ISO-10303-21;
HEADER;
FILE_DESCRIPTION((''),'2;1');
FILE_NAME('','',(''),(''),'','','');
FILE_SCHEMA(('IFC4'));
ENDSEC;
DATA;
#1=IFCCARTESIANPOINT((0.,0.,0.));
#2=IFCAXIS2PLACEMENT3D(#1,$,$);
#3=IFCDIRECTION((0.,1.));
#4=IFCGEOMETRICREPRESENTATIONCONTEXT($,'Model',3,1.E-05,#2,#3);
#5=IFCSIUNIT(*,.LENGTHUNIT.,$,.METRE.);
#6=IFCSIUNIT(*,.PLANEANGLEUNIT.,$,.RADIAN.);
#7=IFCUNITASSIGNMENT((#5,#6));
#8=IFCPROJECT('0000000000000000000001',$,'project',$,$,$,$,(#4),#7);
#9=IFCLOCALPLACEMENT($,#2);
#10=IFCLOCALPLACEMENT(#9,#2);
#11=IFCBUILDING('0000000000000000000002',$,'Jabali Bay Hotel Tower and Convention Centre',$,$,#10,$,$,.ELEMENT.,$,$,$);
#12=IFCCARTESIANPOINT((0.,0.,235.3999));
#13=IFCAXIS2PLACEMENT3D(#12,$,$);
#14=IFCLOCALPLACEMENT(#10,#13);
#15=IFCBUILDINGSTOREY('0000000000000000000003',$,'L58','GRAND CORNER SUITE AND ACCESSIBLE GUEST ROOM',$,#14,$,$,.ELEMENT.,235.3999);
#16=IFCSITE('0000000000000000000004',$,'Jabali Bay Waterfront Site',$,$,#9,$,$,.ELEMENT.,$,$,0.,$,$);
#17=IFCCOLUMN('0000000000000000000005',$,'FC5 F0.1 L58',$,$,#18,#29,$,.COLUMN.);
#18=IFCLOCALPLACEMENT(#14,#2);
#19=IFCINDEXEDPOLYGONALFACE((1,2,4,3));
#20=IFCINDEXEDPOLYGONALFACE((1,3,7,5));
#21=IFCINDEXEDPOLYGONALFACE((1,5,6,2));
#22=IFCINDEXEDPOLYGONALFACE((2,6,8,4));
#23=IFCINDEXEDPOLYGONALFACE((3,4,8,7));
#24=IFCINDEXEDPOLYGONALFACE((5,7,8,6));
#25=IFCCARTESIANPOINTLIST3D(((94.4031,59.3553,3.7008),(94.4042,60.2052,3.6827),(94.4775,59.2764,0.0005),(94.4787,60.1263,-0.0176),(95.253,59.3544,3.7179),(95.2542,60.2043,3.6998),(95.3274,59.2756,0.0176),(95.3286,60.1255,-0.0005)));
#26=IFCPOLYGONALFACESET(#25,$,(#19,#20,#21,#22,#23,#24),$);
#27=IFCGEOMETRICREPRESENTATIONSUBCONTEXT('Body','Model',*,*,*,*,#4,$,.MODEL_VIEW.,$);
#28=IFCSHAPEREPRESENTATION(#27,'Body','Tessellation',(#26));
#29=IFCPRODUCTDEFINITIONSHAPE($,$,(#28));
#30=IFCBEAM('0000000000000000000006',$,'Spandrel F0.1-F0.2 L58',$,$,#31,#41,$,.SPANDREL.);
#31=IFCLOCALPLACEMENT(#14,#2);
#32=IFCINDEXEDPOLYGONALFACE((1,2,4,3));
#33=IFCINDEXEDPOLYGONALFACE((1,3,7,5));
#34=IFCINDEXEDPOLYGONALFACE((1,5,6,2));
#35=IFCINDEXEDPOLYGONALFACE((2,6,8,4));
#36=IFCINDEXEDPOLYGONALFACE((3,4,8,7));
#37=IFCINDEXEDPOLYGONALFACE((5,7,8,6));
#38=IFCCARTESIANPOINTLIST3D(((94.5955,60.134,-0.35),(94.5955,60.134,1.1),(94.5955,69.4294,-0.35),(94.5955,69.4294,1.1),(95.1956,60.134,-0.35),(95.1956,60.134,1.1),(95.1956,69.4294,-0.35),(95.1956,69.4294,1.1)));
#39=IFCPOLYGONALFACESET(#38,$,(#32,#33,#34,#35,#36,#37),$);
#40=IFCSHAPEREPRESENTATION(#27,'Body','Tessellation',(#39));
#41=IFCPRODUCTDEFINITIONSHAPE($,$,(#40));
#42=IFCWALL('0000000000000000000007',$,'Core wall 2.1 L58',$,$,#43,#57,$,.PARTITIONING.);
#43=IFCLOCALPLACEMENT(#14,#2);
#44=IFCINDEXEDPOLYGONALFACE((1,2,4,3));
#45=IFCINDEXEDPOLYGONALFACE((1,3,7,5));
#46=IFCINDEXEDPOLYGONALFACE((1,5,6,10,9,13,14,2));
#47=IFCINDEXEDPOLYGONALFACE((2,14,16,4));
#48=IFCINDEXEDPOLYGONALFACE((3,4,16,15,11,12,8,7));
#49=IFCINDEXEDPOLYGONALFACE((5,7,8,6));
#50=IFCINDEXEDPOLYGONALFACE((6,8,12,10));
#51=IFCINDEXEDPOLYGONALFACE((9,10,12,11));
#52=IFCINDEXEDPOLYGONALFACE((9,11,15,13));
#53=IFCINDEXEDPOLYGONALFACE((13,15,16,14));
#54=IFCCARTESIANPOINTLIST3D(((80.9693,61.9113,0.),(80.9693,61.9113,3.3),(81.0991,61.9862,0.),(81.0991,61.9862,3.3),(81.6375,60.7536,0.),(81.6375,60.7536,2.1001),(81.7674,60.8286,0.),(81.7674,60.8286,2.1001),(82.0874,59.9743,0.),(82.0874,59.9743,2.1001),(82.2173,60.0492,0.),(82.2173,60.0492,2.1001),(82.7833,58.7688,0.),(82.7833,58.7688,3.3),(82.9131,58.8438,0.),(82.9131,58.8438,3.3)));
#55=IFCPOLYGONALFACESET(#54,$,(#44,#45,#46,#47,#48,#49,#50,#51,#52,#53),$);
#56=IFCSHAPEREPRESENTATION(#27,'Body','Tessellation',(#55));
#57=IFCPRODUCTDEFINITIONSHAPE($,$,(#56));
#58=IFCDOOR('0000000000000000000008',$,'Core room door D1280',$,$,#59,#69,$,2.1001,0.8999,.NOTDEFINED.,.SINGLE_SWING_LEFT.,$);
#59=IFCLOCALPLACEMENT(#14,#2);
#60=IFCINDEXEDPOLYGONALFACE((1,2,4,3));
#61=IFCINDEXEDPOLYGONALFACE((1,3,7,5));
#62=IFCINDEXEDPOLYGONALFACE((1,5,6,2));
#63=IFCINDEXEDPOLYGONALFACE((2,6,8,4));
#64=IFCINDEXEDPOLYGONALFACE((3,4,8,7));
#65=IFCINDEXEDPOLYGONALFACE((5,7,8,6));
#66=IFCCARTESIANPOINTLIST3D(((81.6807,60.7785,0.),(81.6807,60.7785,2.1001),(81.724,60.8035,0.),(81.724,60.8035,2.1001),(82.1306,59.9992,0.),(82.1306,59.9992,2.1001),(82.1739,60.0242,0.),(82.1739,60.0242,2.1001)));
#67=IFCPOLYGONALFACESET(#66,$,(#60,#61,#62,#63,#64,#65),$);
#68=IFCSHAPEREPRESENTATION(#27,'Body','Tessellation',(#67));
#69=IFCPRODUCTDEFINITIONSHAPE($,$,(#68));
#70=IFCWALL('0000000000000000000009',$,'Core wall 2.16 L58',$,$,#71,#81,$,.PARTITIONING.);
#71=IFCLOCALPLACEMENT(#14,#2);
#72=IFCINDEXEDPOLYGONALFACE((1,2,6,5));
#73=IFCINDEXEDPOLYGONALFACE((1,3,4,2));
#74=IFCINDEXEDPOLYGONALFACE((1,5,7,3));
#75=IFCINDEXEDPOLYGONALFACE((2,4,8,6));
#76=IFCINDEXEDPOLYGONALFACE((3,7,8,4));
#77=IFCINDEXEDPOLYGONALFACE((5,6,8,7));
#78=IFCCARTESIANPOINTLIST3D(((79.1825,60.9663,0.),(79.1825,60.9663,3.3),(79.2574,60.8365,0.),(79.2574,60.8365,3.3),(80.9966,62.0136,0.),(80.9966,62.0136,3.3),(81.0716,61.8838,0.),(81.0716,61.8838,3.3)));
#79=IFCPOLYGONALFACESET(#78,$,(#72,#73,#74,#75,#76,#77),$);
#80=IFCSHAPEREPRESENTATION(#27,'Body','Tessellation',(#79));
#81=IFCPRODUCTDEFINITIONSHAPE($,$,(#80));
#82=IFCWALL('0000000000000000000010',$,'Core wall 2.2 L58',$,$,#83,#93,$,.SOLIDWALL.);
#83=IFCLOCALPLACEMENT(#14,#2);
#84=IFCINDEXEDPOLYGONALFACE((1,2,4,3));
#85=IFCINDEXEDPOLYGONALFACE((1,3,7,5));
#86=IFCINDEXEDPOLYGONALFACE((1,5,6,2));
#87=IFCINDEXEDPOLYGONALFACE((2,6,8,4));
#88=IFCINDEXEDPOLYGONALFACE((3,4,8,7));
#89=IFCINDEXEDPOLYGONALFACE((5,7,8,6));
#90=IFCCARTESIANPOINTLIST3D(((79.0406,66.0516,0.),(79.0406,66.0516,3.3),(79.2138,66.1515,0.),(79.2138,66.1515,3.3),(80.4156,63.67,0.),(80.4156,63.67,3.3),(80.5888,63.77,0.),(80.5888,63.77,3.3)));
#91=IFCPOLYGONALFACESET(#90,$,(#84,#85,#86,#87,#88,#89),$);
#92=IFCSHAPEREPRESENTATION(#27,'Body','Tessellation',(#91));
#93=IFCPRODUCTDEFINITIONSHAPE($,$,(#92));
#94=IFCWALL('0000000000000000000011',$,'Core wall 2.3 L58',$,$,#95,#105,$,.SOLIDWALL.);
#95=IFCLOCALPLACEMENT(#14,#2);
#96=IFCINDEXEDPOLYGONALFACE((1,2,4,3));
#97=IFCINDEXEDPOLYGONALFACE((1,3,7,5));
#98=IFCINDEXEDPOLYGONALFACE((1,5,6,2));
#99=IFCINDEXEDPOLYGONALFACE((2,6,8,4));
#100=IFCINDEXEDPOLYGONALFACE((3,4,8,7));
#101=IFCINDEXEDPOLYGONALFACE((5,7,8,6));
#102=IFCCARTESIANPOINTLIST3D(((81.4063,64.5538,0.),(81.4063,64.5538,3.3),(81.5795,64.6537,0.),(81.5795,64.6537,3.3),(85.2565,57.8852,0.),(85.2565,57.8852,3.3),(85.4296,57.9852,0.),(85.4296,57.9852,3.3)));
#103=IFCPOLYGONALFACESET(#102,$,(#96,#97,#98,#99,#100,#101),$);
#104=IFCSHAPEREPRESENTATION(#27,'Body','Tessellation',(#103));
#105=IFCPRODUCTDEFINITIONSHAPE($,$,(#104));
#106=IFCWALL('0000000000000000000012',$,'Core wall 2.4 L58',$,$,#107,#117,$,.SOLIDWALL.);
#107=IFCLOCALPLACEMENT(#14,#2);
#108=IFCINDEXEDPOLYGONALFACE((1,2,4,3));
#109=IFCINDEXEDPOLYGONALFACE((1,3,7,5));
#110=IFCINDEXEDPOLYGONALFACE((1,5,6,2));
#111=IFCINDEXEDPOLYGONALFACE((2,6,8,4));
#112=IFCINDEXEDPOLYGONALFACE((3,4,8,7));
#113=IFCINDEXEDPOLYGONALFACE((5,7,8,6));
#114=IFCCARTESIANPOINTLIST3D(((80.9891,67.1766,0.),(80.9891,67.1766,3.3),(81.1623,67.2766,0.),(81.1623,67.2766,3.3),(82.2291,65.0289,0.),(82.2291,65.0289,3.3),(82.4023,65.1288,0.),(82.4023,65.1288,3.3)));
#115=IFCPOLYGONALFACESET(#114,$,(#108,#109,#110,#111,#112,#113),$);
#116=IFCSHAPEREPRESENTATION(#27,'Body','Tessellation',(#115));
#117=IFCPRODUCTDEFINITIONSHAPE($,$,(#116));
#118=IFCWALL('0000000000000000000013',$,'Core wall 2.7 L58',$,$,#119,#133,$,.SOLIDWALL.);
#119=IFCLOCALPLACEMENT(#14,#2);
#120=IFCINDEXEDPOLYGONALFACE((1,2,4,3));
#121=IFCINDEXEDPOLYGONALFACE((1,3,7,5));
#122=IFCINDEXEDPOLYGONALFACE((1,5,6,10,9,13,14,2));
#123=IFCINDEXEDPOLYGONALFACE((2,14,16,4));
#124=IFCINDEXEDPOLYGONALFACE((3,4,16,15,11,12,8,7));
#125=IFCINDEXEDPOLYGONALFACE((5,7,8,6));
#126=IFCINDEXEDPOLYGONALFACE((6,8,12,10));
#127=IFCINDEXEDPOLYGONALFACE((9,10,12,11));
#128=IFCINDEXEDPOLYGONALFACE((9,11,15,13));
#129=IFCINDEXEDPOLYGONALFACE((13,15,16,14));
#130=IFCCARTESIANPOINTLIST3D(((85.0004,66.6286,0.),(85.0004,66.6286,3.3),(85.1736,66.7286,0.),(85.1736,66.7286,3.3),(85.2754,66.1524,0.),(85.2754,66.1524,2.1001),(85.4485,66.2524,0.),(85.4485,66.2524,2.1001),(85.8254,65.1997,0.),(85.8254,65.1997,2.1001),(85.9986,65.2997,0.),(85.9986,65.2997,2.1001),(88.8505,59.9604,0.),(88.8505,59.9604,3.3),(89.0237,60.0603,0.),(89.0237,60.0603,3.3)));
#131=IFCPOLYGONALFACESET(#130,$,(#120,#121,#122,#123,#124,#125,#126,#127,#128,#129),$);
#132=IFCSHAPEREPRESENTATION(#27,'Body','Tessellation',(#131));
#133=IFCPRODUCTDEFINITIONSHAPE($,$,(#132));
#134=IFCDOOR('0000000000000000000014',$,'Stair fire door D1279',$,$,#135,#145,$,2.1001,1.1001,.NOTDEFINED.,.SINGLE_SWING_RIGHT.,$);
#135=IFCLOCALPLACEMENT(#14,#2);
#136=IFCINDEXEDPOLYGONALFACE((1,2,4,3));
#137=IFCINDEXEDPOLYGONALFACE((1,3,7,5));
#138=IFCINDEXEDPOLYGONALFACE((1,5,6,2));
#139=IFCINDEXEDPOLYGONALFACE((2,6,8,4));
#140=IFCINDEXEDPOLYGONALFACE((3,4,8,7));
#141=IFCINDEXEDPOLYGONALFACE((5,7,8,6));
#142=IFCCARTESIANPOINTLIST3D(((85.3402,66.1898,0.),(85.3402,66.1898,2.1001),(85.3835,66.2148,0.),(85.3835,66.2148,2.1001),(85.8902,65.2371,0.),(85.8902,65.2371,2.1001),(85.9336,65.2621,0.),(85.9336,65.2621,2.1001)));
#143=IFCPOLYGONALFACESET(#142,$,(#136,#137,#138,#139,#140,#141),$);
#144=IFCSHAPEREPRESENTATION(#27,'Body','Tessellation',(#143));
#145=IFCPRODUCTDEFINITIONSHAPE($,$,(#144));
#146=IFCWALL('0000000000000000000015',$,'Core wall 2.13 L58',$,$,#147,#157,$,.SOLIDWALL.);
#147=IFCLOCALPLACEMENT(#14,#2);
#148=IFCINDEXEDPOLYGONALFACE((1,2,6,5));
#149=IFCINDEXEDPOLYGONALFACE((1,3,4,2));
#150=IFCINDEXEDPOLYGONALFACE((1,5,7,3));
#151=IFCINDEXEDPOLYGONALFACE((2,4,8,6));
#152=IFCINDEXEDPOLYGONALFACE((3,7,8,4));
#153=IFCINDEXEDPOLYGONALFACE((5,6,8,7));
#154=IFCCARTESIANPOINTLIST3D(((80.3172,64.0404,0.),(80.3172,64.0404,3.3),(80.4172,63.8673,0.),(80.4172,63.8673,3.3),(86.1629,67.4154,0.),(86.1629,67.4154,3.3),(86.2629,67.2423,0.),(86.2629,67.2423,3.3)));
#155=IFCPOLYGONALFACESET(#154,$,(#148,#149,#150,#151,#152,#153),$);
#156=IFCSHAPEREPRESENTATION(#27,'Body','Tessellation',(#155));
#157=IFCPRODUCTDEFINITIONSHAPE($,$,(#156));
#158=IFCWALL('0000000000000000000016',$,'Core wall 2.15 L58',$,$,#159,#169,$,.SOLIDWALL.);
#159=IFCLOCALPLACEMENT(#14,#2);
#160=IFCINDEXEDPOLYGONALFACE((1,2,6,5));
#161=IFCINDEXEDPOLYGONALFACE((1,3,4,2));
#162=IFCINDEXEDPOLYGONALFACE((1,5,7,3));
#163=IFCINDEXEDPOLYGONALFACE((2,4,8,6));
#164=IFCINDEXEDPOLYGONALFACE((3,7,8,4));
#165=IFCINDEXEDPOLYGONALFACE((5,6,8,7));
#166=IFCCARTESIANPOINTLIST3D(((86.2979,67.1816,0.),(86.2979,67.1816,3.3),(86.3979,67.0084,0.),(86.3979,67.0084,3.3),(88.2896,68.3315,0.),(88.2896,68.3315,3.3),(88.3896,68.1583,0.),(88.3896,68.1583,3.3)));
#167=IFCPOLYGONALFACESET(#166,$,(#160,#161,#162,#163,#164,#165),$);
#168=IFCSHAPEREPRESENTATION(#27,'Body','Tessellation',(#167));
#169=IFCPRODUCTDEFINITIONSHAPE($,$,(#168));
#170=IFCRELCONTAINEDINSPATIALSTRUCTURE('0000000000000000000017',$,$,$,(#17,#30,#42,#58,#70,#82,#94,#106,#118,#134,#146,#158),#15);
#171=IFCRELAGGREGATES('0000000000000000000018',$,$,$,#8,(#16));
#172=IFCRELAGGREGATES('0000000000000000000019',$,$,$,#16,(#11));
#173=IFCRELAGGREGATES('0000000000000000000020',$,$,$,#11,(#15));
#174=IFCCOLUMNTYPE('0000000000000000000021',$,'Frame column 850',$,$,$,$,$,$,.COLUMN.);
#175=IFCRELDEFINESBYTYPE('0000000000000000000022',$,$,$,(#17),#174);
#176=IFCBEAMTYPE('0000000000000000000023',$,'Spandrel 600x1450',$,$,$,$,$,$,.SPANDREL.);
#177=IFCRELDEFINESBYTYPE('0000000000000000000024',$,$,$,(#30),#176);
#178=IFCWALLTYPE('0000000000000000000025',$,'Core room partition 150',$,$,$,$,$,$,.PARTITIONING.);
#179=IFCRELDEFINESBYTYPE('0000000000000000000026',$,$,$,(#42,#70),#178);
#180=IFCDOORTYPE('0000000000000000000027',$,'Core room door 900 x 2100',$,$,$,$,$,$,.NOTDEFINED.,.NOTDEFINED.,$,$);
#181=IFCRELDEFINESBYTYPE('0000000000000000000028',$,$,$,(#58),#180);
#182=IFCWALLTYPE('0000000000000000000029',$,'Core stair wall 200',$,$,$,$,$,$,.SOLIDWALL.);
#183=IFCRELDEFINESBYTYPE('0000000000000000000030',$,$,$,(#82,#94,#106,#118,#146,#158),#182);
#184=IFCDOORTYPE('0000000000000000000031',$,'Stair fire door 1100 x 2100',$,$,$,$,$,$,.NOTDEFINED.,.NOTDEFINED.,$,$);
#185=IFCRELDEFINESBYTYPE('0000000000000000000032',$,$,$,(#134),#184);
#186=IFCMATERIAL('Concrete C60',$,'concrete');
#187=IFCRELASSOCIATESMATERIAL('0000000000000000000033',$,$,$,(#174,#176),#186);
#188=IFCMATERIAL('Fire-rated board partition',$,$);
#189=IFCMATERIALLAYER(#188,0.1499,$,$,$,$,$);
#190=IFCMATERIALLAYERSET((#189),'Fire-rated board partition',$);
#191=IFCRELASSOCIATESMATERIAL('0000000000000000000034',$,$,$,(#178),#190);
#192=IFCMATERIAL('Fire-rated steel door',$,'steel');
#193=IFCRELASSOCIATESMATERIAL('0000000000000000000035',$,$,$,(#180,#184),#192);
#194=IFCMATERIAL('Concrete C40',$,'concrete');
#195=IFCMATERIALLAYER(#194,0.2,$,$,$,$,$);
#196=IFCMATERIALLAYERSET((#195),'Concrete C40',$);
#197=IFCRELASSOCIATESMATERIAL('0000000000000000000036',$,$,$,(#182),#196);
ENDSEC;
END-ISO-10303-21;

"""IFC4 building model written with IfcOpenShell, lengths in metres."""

from ifc_helpers import new_model, si_unit, direction, frame, frame_2d, origin, origin_2d, place, context, subcontext, project, spatial, rectangle, extrude, material, layer, layer_set, material_profile, profile_set, type_object, element, fill, save


model = new_model("IFC4")

# Units and contexts
model_context = context("Model", 3, precision=1e-05, world=origin(), true_north=direction((0.0, 1.0)))
body_context = subcontext(model_context, "Body", "Model", "MODEL_VIEW")
ifc_project = project(units=[si_unit("LENGTHUNIT", "METRE"), si_unit("PLANEANGLEUNIT", "RADIAN")], contexts=[model_context])

# Site, building, storey
site_placement = place(None, origin())
site = spatial("IfcSite", under=ifc_project, at=site_placement, Name="Jabali Bay Waterfront Site", CompositionType="ELEMENT", RefElevation=0.0)
building_placement = place(site_placement, origin())
building = spatial("IfcBuilding", under=site, at=building_placement, Name="Jabali Bay Hotel Tower and Convention Centre", CompositionType="ELEMENT")
storey_placement = place(building_placement, frame((0.0, 0.0, 235.3999)))
storey = spatial("IfcBuildingStorey", under=building, at=storey_placement, Name="L58", Description="GRAND CORNER SUITE AND ACCESSIBLE GUEST ROOM", CompositionType="ELEMENT", Elevation=235.3999)

# Column
ifc_material_1 = material(Name="Concrete C60", Category="concrete")
ifc_material_profile_1 = material_profile(ifc_material_1, rectangle(XDim=0.8501, YDim=0.8501, at=origin_2d()), Name="Frame column 850")
ifc_profile_set_1 = profile_set([ifc_material_profile_1], Name="Concrete C60")
column_type = type_object("IfcColumnType", Name="Frame column 850", PredefinedType="COLUMN", material=ifc_profile_set_1)
column_placement = place(storey_placement, frame((94.9031, 59.7009, 0.0), z_axis=(-0.020115, 0.021303, 0.999571), x_axis=(-0.001405, -0.999773, 0.021279)))
element("IfcColumn", 1, at=column_placement, inside=storey, type_object=column_type, Name="FC5 F0.1 L58", PredefinedType="COLUMN", context=body_context, shape_type="SweptSolid", body=[
    extrude(rectangle(XDim=0.8501, YDim=0.8501, at=origin_2d()), origin(), (0.0, 0.0, 1.0), 3.7019),
])

# Beam
ifc_material_profile_2 = material_profile(ifc_material_1, rectangle(XDim=0.6001, YDim=1.45, at=origin_2d()), Name="Spandrel 600x1450")
ifc_profile_set_2 = profile_set([ifc_material_profile_2], Name="Concrete C60")
beam_type = type_object("IfcBeamType", Name="Spandrel 600x1450", PredefinedType="SPANDREL", material=ifc_profile_set_2)
beam_placement = place(storey_placement, frame((94.8955, 60.134, 0.375), z_axis=(0.0, 1.0, 0.0), x_axis=(-1.0, 0.0, 0.0)))
element("IfcBeam", 2, at=beam_placement, inside=storey, type_object=beam_type, Name="Spandrel F0.1-F0.2 L58", PredefinedType="SPANDREL", context=body_context, shape_type="SweptSolid", body=[
    extrude(rectangle(XDim=0.6001, YDim=1.45, at=origin_2d()), origin(), (0.0, 0.0, 1.0), 9.2954),
])

# Wall, opening, door
ifc_material_2 = material(Name="Fire-rated board partition")
ifc_layer_1 = layer(ifc_material_2, 0.1499)
ifc_layer_set_1 = layer_set([ifc_layer_1], Name="Fire-rated board partition")
wall_type_1 = type_object("IfcWallType", Name="Core room partition 150", PredefinedType="PARTITIONING", material=ifc_layer_set_1)
wall_1_placement = place(storey_placement, frame((81.0342, 61.9487, 0.0), z_axis=(0.0, 0.0, 1.0), x_axis=(0.499946, -0.866057, 0.0)))
wall_1 = element("IfcWall", 3, at=wall_1_placement, inside=storey, type_object=wall_type_1, Name="Core wall 2.1 L58", PredefinedType="PARTITIONING", context=body_context, shape_type="SweptSolid", body=[
    extrude(rectangle(XDim=3.6284, YDim=0.1499, at=frame_2d((1.8142, 0.0))), origin(), (0.0, 0.0, 1.0), 3.3),
])
opening_1_placement = place(wall_1_placement, frame((1.3367, 0.0, 0.0)))
opening_1 = element("IfcOpeningElement", 4, at=opening_1_placement, cuts=wall_1, PredefinedType="OPENING", context=body_context, shape_type="SweptSolid", body=[
    extrude(rectangle(XDim=0.8999, YDim=2.1001, at=frame_2d((0.45, 1.05))), frame((0.0, 0.0854, 0.0), z_axis=(0.0, -1.0, 0.0), x_axis=(1.0, 0.0, 0.0)), (0.0, 0.0, 1.0), 0.1709),
])
ifc_material_3 = material(Name="Fire-rated steel door", Category="steel")
door_type_1 = type_object("IfcDoorType", Name="Core room door 900 x 2100", OperationType="NOTDEFINED", PredefinedType="NOTDEFINED", material=ifc_material_3)
door_1_placement = place(opening_1_placement, origin())
door_1 = element("IfcDoor", 5, at=door_1_placement, inside=storey, type_object=door_type_1, Name="Core room door D1280", OperationType="SINGLE_SWING_LEFT", OverallHeight=2.1001, OverallWidth=0.8999, PredefinedType="NOTDEFINED", context=body_context, shape_type="SweptSolid", body=[
    extrude(rectangle(XDim=0.8999, YDim=2.1001, at=frame_2d((0.45, 1.05))), frame((0.0, 0.0249, 0.0), z_axis=(0.0, -1.0, 0.0), x_axis=(1.0, 0.0, 0.0)), (0.0, 0.0, 1.0), 0.05),
])
fill(opening_1, door_1)

# Walls
wall_2_placement = place(storey_placement, frame((79.22, 60.9014, 0.0), z_axis=(0.0, 0.0, 1.0), x_axis=(0.86604, 0.499975, 0.0)))
element("IfcWall", 6, at=wall_2_placement, inside=storey, type_object=wall_type_1, Name="Core wall 2.16 L58", PredefinedType="PARTITIONING", context=body_context, shape_type="SweptSolid", body=[
    extrude(rectangle(XDim=2.0947, YDim=0.1499, at=frame_2d((1.0474, 0.0))), origin(), (0.0, 0.0, 1.0), 3.3),
])
ifc_material_4 = material(Name="Concrete C40", Category="concrete")
ifc_layer_2 = layer(ifc_material_4, 0.2)
ifc_layer_set_2 = layer_set([ifc_layer_2], Name="Concrete C40")
wall_type_2 = type_object("IfcWallType", Name="Core stair wall 200", PredefinedType="SOLIDWALL", material=ifc_layer_set_2)
wall_3_placement = place(storey_placement, frame((79.1272, 66.1016, 0.0), z_axis=(0.0, 0.0, 1.0), x_axis=(0.499997, -0.866027, 0.0)))
element("IfcWall", 7, at=wall_3_placement, inside=storey, type_object=wall_type_2, Name="Core wall 2.2 L58", PredefinedType="SOLIDWALL", context=body_context, shape_type="SweptSolid", body=[
    extrude(rectangle(XDim=2.75, YDim=0.2, at=frame_2d((1.375, 0.0))), origin(), (0.0, 0.0, 1.0), 3.3),
])
wall_4_placement = place(storey_placement, frame((81.4929, 64.6038, 0.0), z_axis=(0.0, 0.0, 1.0), x_axis=(0.500006, -0.866022, 0.0)))
element("IfcWall", 8, at=wall_4_placement, inside=storey, type_object=wall_type_2, Name="Core wall 2.3 L58", PredefinedType="SOLIDWALL", context=body_context, shape_type="SweptSolid", body=[
    extrude(rectangle(XDim=7.7002, YDim=0.2, at=frame_2d((3.8501, 0.0))), origin(), (0.0, 0.0, 1.0), 3.3),
])
wall_5_placement = place(storey_placement, frame((81.0757, 67.2266, 0.0), z_axis=(0.0, 0.0, 1.0), x_axis=(0.500004, -0.866023, 0.0)))
element("IfcWall", 9, at=wall_5_placement, inside=storey, type_object=wall_type_2, Name="Core wall 2.4 L58", PredefinedType="SOLIDWALL", context=body_context, shape_type="SweptSolid", body=[
    extrude(rectangle(XDim=2.48, YDim=0.2, at=frame_2d((1.24, 0.0))), origin(), (0.0, 0.0, 1.0), 3.3),
])

# Wall, opening, door
wall_6_placement = place(storey_placement, frame((85.0869, 66.6787, 0.0), z_axis=(0.0, 0.0, 1.0), x_axis=(0.50002, -0.866014, 0.0)))
wall_6 = element("IfcWall", 10, at=wall_6_placement, inside=storey, type_object=wall_type_2, Name="Core wall 2.7 L58", PredefinedType="SOLIDWALL", context=body_context, shape_type="SweptSolid", body=[
    extrude(rectangle(XDim=7.7, YDim=0.2, at=frame_2d((3.8501, 0.0))), origin(), (0.0, 0.0, 1.0), 3.3),
])
opening_2_placement = place(wall_6_placement, frame((0.55, 0.0, 0.0)))
opening_2 = element("IfcOpeningElement", 11, at=opening_2_placement, cuts=wall_6, PredefinedType="OPENING", context=body_context, shape_type="SweptSolid", body=[
    extrude(rectangle(XDim=1.1001, YDim=2.1001, at=frame_2d((0.55, 1.05))), frame((0.0, 0.1104, 0.0), z_axis=(0.0, -1.0, 0.0), x_axis=(1.0, 0.0, 0.0)), (0.0, 0.0, 1.0), 0.2209),
])
door_type_2 = type_object("IfcDoorType", Name="Stair fire door 1100 x 2100", OperationType="NOTDEFINED", PredefinedType="NOTDEFINED", material=ifc_material_3)
door_2_placement = place(opening_2_placement, origin())
door_2 = element("IfcDoor", 12, at=door_2_placement, inside=storey, type_object=door_type_2, Name="Stair fire door D1279", OperationType="SINGLE_SWING_RIGHT", OverallHeight=2.1001, OverallWidth=1.1001, PredefinedType="NOTDEFINED", context=body_context, shape_type="SweptSolid", body=[
    extrude(rectangle(XDim=1.1001, YDim=2.1001, at=frame_2d((0.55, 1.05))), frame((0.0, 0.0249, 0.0), z_axis=(0.0, -1.0, 0.0), x_axis=(1.0, 0.0, 0.0)), (0.0, 0.0, 1.0), 0.05),
])
fill(opening_2, door_2)

# Walls
wall_7_placement = place(storey_placement, frame((80.3672, 63.9539, 0.0), z_axis=(0.0, 0.0, 1.0), x_axis=(0.866027, 0.499998, 0.0)))
element("IfcWall", 13, at=wall_7_placement, inside=storey, type_object=wall_type_2, Name="Core wall 2.13 L58", PredefinedType="SOLIDWALL", context=body_context, shape_type="SweptSolid", body=[
    extrude(rectangle(XDim=6.75, YDim=0.2, at=frame_2d((3.375, 0.0))), origin(), (0.0, 0.0, 1.0), 3.3),
])
wall_8_placement = place(storey_placement, frame((86.3479, 67.095, 0.0), z_axis=(0.0, 0.0, 1.0), x_axis=(0.866026, 0.499998, 0.0)))
element("IfcWall", 14, at=wall_8_placement, inside=storey, type_object=wall_type_2, Name="Core wall 2.15 L58", PredefinedType="SOLIDWALL", context=body_context, shape_type="SweptSolid", body=[
    extrude(rectangle(XDim=2.2998, YDim=0.2, at=frame_2d((1.1499, 0.0))), origin(), (0.0, 0.0, 1.0), 3.3),
])

save(model, "model.ifc")
